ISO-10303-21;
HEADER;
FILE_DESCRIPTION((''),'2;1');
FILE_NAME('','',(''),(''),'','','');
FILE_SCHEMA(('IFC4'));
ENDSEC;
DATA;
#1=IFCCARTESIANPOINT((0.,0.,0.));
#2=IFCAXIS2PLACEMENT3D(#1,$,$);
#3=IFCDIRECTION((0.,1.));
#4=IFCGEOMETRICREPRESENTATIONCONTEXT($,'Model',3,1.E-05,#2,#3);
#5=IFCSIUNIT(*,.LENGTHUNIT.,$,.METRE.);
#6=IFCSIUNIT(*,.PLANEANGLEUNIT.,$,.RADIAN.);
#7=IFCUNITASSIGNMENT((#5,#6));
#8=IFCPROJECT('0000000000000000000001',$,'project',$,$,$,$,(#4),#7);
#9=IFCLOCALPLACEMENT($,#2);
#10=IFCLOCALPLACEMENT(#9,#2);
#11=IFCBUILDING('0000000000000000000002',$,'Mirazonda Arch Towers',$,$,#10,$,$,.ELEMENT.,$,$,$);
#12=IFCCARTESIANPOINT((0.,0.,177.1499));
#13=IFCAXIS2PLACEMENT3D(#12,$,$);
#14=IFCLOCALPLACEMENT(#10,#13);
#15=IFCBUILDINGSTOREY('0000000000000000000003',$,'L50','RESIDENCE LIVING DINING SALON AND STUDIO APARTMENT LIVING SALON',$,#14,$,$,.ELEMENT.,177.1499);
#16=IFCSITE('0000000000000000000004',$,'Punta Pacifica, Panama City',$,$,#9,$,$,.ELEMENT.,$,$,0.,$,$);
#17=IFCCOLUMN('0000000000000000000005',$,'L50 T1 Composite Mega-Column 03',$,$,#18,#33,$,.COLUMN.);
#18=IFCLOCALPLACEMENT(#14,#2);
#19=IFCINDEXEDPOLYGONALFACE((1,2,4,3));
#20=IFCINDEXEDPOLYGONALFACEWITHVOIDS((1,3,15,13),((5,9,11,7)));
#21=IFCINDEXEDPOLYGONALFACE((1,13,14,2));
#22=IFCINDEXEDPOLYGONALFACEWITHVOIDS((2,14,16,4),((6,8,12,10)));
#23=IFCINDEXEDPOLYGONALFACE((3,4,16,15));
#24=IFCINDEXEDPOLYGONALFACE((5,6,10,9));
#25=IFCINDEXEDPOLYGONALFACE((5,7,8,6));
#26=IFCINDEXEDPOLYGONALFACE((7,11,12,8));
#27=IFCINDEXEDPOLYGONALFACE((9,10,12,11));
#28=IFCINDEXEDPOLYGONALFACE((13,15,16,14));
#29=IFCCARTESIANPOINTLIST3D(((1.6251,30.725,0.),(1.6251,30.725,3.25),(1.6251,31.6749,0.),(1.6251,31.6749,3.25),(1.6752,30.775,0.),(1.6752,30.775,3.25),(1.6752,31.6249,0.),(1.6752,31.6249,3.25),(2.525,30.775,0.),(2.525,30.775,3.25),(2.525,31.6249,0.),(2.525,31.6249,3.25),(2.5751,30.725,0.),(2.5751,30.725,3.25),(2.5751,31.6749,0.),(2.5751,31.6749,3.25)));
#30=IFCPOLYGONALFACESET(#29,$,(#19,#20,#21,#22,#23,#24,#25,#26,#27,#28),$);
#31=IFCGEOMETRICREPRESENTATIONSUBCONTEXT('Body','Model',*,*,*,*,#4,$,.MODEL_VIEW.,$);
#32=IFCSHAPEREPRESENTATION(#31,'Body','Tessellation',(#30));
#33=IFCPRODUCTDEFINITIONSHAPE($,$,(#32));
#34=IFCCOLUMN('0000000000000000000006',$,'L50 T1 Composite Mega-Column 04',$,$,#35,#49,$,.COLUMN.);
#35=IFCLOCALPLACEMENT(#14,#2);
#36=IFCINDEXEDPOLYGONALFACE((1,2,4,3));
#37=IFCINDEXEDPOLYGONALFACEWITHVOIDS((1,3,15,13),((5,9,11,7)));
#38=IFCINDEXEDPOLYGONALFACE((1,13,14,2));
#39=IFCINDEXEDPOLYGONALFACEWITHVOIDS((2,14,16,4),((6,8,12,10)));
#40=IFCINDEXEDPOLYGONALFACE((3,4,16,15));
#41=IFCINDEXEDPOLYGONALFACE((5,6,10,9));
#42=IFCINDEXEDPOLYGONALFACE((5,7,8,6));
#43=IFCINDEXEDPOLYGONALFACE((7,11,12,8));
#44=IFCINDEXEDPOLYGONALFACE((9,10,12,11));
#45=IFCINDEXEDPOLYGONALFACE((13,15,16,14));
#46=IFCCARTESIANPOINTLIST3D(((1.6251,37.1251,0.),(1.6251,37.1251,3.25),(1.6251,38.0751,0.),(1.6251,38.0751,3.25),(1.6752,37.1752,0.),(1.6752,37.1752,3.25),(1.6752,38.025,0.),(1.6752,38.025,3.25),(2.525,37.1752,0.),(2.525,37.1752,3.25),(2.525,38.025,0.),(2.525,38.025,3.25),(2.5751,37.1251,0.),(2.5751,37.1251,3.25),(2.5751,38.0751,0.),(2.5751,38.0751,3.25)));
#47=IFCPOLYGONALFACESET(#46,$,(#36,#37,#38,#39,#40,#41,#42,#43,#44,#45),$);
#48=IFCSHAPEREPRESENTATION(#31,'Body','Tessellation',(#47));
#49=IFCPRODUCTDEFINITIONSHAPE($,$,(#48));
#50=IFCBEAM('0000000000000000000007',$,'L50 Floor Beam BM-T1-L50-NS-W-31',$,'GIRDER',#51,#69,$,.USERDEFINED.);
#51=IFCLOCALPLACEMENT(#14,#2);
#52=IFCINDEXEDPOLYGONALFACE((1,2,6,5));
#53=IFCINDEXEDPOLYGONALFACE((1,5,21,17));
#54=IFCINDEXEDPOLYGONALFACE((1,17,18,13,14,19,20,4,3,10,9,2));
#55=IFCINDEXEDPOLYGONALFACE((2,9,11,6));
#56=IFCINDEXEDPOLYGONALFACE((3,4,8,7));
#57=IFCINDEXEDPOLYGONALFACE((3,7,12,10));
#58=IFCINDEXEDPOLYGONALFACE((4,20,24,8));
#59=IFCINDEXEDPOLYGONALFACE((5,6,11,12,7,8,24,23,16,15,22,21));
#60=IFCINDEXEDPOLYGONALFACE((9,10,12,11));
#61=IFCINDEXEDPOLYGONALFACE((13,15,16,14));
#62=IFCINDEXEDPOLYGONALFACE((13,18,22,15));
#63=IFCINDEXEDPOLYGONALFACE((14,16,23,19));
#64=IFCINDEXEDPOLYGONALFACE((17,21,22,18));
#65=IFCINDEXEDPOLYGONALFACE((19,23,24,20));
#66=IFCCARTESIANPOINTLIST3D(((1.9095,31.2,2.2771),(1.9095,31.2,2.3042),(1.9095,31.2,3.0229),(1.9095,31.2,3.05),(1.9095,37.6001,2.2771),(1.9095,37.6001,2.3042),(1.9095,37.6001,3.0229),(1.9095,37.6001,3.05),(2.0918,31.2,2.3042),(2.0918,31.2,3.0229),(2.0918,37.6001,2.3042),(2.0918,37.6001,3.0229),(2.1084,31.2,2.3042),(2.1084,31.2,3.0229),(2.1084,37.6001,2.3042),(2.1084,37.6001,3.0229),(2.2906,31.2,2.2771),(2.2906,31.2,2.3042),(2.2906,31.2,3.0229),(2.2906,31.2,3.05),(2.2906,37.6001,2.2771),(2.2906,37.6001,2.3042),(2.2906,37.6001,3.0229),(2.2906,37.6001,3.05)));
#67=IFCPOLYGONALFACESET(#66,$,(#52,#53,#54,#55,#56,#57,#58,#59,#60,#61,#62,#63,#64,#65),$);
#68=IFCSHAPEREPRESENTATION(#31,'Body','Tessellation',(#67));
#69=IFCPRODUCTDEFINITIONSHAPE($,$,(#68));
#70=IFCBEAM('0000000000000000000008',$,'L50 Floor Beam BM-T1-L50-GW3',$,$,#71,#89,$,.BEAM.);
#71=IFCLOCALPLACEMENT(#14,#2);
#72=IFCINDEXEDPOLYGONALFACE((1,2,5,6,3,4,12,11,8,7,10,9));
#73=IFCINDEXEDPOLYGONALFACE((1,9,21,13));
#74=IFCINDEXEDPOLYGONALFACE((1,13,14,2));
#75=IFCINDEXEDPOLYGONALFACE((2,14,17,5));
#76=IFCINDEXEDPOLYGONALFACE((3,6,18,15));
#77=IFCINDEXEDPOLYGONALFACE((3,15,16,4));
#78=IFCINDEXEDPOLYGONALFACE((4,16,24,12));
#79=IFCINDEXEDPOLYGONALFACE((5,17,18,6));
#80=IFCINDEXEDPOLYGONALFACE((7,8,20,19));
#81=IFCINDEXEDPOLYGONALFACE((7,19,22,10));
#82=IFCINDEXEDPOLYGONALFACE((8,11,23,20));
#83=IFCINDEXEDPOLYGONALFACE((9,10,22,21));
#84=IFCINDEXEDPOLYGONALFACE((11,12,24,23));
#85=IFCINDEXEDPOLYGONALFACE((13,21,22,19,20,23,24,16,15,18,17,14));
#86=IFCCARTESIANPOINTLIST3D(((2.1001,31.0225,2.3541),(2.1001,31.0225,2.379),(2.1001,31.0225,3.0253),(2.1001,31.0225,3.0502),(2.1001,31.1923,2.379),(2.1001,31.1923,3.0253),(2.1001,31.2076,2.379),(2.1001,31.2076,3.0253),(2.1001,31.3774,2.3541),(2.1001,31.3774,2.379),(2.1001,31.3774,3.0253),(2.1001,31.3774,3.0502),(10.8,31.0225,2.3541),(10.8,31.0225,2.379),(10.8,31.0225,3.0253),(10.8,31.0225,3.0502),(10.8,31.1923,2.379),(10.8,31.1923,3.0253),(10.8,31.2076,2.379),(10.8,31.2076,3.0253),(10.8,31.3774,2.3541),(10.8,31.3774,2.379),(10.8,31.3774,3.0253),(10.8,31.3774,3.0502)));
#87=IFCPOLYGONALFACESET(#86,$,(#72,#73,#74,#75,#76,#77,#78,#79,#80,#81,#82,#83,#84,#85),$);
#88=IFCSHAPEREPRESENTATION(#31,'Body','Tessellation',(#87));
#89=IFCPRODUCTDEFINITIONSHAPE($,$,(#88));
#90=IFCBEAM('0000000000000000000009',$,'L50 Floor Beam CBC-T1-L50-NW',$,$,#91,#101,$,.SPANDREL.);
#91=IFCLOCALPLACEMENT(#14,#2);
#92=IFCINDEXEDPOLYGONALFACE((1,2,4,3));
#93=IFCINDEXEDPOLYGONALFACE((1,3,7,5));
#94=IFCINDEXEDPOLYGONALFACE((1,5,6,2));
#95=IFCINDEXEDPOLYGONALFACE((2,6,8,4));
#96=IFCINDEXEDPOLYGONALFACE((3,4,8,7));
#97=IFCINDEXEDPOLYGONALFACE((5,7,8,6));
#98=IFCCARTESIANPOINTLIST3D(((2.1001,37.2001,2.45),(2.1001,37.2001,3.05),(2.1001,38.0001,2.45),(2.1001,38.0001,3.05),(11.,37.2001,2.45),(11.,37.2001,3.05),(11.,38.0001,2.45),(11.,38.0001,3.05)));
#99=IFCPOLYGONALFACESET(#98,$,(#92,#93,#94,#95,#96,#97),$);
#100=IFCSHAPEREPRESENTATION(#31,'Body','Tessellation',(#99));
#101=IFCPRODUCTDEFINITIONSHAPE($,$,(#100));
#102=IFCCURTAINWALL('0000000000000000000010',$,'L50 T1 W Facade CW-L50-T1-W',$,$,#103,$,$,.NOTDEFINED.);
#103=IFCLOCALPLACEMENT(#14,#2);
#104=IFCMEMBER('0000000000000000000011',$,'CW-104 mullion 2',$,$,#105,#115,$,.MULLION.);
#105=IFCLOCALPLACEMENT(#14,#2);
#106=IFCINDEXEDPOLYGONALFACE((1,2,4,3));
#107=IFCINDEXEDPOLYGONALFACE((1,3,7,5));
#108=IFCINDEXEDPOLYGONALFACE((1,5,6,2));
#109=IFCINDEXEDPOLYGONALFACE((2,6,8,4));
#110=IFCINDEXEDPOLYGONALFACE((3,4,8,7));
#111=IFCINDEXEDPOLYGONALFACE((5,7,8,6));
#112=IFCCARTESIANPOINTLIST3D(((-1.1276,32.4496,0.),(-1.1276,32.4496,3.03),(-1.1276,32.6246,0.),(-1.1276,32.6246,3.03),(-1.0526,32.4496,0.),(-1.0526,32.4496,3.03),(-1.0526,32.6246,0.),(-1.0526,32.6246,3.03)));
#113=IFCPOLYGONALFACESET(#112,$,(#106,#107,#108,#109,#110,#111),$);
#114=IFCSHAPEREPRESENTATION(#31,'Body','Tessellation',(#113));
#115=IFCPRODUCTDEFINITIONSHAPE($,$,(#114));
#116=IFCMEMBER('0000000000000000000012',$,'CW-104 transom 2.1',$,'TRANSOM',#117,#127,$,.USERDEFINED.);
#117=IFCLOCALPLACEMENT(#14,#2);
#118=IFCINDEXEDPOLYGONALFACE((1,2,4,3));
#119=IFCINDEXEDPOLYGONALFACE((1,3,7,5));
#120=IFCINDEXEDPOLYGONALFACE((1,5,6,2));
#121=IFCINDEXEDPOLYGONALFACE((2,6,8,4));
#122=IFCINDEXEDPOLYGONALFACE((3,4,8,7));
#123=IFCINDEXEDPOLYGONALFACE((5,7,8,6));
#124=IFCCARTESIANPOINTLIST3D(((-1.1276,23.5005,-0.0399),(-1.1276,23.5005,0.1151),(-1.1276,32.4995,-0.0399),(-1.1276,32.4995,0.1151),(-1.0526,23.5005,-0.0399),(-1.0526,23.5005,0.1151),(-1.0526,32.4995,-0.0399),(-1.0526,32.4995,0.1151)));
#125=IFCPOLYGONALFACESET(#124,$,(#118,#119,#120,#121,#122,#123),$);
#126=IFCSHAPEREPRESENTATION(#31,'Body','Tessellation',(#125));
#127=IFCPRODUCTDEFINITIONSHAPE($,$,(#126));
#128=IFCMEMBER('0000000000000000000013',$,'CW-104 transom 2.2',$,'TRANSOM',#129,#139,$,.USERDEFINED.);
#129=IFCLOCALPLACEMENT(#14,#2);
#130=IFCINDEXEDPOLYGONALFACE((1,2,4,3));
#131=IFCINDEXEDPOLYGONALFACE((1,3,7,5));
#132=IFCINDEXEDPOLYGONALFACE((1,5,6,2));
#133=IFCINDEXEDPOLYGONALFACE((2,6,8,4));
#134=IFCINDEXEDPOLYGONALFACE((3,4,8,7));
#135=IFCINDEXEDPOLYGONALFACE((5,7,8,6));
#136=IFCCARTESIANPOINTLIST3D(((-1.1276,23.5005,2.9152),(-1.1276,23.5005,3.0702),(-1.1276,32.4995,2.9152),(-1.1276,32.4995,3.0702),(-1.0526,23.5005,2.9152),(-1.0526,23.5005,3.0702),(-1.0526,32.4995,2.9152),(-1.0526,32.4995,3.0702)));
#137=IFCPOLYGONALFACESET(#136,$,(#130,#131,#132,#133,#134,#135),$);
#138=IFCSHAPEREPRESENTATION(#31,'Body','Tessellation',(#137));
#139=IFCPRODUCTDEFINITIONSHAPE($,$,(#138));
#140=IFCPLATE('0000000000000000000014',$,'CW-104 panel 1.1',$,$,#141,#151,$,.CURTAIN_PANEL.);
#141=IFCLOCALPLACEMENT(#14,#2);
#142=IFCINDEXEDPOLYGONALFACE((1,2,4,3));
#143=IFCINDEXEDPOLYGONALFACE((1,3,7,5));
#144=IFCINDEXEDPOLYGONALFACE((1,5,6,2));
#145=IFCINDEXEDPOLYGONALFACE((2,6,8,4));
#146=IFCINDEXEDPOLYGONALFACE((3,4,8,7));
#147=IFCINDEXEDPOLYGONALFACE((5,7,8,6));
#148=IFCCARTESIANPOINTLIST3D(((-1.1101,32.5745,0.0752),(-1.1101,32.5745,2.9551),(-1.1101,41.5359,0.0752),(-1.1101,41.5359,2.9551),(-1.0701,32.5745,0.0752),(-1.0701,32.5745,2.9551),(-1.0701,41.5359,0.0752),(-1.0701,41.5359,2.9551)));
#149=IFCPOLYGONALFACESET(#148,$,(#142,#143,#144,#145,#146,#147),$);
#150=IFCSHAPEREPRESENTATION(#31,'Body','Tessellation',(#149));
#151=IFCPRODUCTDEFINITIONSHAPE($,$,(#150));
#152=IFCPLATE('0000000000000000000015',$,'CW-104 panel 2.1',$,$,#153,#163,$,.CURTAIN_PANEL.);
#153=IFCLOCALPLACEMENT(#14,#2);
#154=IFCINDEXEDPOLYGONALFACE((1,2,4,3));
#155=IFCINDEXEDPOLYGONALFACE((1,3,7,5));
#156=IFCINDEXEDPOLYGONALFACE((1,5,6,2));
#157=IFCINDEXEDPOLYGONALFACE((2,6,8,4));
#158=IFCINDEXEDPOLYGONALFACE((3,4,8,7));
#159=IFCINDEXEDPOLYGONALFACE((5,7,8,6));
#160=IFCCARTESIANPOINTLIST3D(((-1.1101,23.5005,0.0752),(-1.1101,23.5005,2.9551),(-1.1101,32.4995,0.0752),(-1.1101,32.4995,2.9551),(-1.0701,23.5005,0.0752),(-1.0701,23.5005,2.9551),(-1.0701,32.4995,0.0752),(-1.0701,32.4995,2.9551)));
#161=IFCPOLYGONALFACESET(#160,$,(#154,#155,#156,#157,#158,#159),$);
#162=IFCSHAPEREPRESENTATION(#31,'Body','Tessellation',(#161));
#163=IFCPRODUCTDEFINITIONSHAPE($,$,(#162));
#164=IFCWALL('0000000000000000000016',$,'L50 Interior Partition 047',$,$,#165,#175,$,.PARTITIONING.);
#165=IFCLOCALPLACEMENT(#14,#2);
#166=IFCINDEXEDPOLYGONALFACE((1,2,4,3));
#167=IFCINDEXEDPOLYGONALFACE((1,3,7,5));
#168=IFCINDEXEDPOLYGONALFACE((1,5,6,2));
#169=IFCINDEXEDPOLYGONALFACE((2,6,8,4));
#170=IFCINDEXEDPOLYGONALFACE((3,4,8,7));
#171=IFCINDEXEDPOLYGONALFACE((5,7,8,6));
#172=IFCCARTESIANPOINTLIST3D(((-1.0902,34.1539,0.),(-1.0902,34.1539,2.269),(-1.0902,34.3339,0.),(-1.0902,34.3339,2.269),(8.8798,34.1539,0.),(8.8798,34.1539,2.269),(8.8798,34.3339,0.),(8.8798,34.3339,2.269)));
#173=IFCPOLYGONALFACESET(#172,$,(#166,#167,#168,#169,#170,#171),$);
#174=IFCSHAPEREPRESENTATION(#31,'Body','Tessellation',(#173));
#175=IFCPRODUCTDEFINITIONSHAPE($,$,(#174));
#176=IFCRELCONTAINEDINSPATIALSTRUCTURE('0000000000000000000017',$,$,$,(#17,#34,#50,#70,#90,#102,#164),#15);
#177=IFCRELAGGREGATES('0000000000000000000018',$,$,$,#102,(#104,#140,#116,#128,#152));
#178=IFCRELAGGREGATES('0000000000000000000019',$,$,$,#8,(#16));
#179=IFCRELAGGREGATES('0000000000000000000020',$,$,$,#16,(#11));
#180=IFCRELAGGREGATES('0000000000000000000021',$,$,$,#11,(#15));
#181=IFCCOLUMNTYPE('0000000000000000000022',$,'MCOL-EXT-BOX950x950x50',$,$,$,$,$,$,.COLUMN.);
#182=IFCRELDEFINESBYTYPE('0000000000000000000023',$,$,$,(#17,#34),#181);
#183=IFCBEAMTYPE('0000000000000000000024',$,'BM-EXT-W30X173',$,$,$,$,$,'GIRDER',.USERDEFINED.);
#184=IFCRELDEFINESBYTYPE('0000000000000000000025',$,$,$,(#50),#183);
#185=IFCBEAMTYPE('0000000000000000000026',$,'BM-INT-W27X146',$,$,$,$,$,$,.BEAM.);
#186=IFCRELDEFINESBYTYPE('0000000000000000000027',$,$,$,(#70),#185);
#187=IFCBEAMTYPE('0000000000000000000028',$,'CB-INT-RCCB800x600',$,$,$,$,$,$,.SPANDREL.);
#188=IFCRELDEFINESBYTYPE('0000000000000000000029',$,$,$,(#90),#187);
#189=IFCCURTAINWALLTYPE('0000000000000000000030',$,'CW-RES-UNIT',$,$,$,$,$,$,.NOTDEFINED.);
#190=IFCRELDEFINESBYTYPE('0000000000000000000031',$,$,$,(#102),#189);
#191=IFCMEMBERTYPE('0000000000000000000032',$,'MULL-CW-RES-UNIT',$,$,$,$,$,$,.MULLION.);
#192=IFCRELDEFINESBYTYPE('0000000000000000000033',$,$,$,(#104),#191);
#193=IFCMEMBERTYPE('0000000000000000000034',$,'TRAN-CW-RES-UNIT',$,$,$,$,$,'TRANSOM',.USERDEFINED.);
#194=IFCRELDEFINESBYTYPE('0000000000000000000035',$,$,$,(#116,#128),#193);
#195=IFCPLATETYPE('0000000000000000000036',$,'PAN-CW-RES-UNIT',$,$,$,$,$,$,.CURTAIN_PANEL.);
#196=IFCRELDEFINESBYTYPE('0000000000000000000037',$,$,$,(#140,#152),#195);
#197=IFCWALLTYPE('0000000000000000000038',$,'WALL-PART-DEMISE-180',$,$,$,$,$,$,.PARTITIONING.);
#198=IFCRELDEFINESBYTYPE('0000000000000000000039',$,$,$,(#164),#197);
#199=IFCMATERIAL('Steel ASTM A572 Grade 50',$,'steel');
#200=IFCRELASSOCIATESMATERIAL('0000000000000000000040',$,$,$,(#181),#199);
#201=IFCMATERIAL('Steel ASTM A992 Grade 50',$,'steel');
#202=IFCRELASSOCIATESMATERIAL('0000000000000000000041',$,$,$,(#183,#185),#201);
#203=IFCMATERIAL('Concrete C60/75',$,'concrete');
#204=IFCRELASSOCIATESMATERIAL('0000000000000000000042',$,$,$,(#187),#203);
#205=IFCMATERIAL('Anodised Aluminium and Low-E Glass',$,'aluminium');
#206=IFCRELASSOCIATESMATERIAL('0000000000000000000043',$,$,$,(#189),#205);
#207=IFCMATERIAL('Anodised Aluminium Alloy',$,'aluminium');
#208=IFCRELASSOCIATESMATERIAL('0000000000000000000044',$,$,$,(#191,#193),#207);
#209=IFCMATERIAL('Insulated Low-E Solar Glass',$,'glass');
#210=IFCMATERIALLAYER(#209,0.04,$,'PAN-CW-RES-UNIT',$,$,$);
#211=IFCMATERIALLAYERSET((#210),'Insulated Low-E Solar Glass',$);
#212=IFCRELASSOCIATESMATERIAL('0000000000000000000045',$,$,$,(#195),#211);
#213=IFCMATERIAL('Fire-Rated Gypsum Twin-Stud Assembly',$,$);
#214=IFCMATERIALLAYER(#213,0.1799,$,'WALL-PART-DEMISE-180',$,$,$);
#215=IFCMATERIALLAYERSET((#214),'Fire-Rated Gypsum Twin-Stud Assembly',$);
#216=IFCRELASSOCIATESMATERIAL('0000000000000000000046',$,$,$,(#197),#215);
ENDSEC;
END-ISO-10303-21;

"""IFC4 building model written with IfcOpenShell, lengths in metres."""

from ifc_helpers import new_model, si_unit, direction, frame, frame_2d, origin, origin_2d, place, context, subcontext, project, spatial, rectangle, hollow_rectangle, i_section, extrude, material, layer, layer_set, material_profile, profile_set, type_object, element, aggregate, save


model = new_model("IFC4")

# Units and contexts
model_context = context("Model", 3, precision=1e-05, world=origin(), true_north=direction((0.0, 1.0)))
body_context = subcontext(model_context, "Body", "Model", "MODEL_VIEW")
ifc_project = project(units=[si_unit("LENGTHUNIT", "METRE"), si_unit("PLANEANGLEUNIT", "RADIAN")], contexts=[model_context])

# Site, building, storey
site_placement = place(None, origin())
site = spatial("IfcSite", under=ifc_project, at=site_placement, Name="Punta Pacifica, Panama City", CompositionType="ELEMENT", RefElevation=0.0)
building_placement = place(site_placement, origin())
building = spatial("IfcBuilding", under=site, at=building_placement, Name="Mirazonda Arch Towers", CompositionType="ELEMENT")
storey_placement = place(building_placement, frame((0.0, 0.0, 177.1499)))
storey = spatial("IfcBuildingStorey", under=building, at=storey_placement, Name="L50", Description="RESIDENCE LIVING DINING SALON AND STUDIO APARTMENT LIVING SALON", CompositionType="ELEMENT", Elevation=177.1499)

# Columns
ifc_material_1 = material(Name="Steel ASTM A572 Grade 50", Category="steel")
ifc_material_profile_1 = material_profile(ifc_material_1, hollow_rectangle(XDim=0.95, YDim=0.95, WallThickness=0.05, at=origin_2d()), Name="BOX950x950x50")
ifc_profile_set_1 = profile_set([ifc_material_profile_1], Name="Steel ASTM A572 Grade 50")
column_type = type_object("IfcColumnType", Name="MCOL-EXT-BOX950x950x50", PredefinedType="COLUMN", material=ifc_profile_set_1)
for number, where, z_axis, x_axis, name in (
    (1, (2.1001, 31.2, 0.0), (0.0, 0.0, 1.0), (1.0, 0.0, 0.0), "L50 T1 Composite Mega-Column 03"),
    (2, (2.1001, 37.6001, 0.0), (0.0, 0.0, 1.0), (1.0, 0.0, 0.0), "L50 T1 Composite Mega-Column 04"),
):
    element("IfcColumn", number, at=place(storey_placement, frame(where, z_axis=z_axis, x_axis=x_axis)), inside=storey, type_object=column_type, Name=name, PredefinedType="COLUMN", context=body_context, shape_type="SweptSolid", body=[
        extrude(hollow_rectangle(XDim=0.95, YDim=0.95, WallThickness=0.05, at=origin_2d()), origin(), (0.0, 0.0, 1.0), 3.25),
    ])

# Beams
ifc_material_2 = material(Name="Steel ASTM A992 Grade 50", Category="steel")
ifc_material_profile_2 = material_profile(ifc_material_2, i_section(OverallWidth=0.3811, OverallDepth=0.7729, WebThickness=0.0166, FlangeThickness=0.0271, at=origin_2d()), Name="W30X173")
ifc_profile_set_2 = profile_set([ifc_material_profile_2], Name="Steel ASTM A992 Grade 50")
beam_type_1 = type_object("IfcBeamType", Name="BM-EXT-W30X173", ElementType="GIRDER", PredefinedType="USERDEFINED", material=ifc_profile_set_2)
beam_1_placement = place(storey_placement, frame((2.1001, 31.2, 2.6636), z_axis=(0.0, 1.0, 0.0), x_axis=(-1.0, 0.0, 0.0)))
element("IfcBeam", 3, at=beam_1_placement, inside=storey, type_object=beam_type_1, Name="L50 Floor Beam BM-T1-L50-NS-W-31", ObjectType="GIRDER", PredefinedType="USERDEFINED", context=body_context, shape_type="SweptSolid", body=[
    extrude(i_section(OverallWidth=0.3811, OverallDepth=0.7729, WebThickness=0.0166, FlangeThickness=0.0271, at=origin_2d()), origin(), (0.0, 0.0, 1.0), 6.4001),
])
ifc_material_profile_3 = material_profile(ifc_material_2, i_section(OverallWidth=0.355, OverallDepth=0.696, WebThickness=0.0154, FlangeThickness=0.0249, at=origin_2d()), Name="W27X146")
ifc_profile_set_3 = profile_set([ifc_material_profile_3], Name="Steel ASTM A992 Grade 50")
beam_type_2 = type_object("IfcBeamType", Name="BM-INT-W27X146", PredefinedType="BEAM", material=ifc_profile_set_3)
beam_2_placement = place(storey_placement, frame((2.1001, 31.2, 2.7021), z_axis=(1.0, 0.0, 0.0), x_axis=(0.0, 1.0, 0.0)))
element("IfcBeam", 4, at=beam_2_placement, inside=storey, type_object=beam_type_2, Name="L50 Floor Beam BM-T1-L50-GW3", PredefinedType="BEAM", context=body_context, shape_type="SweptSolid", body=[
    extrude(i_section(OverallWidth=0.355, OverallDepth=0.696, WebThickness=0.0154, FlangeThickness=0.0249, at=origin_2d()), origin(), (0.0, 0.0, 1.0), 8.7),
])
ifc_material_3 = material(Name="Concrete C60/75", Category="concrete")
ifc_material_profile_4 = material_profile(ifc_material_3, rectangle(XDim=0.8, YDim=0.6001, at=origin_2d()), Name="RCCB800x600")
ifc_profile_set_4 = profile_set([ifc_material_profile_4], Name="Concrete C60/75")
beam_type_3 = type_object("IfcBeamType", Name="CB-INT-RCCB800x600", PredefinedType="SPANDREL", material=ifc_profile_set_4)
beam_3_placement = place(storey_placement, frame((2.1001, 37.6001, 2.75), z_axis=(1.0, 0.0, 0.0), x_axis=(0.0, 1.0, 0.0)))
element("IfcBeam", 5, at=beam_3_placement, inside=storey, type_object=beam_type_3, Name="L50 Floor Beam CBC-T1-L50-NW", PredefinedType="SPANDREL", context=body_context, shape_type="SweptSolid", body=[
    extrude(rectangle(XDim=0.8, YDim=0.6001, at=origin_2d()), origin(), (0.0, 0.0, 1.0), 8.8999),
])

# Curtain wall, members, plates
ifc_material_4 = material(Name="Anodised Aluminium and Low-E Glass", Category="aluminium")
curtain_wall_type = type_object("IfcCurtainWallType", Name="CW-RES-UNIT", PredefinedType="NOTDEFINED", material=ifc_material_4)
curtain_wall_placement = place(storey_placement, origin())
curtain_wall = element("IfcCurtainWall", 6, at=curtain_wall_placement, inside=storey, type_object=curtain_wall_type, Name="L50 T1 W Facade CW-L50-T1-W", PredefinedType="NOTDEFINED")
ifc_material_5 = material(Name="Anodised Aluminium Alloy", Category="aluminium")
ifc_material_profile_5 = material_profile(ifc_material_5, rectangle(XDim=0.075, YDim=0.175, at=origin_2d()), Name="ALU-MULL-75x175")
ifc_profile_set_5 = profile_set([ifc_material_profile_5], Name="Anodised Aluminium Alloy")
member_type_1 = type_object("IfcMemberType", Name="MULL-CW-RES-UNIT", PredefinedType="MULLION", material=ifc_profile_set_5)
member_1_placement = place(storey_placement, frame((-1.0901, 32.5371, 0.0), z_axis=(0.0, 0.0, 1.0), x_axis=(1.0, 0.0, 0.0)))
member_1 = element("IfcMember", 7, at=member_1_placement, type_object=member_type_1, Name="CW-104 mullion 2", PredefinedType="MULLION", context=body_context, shape_type="SweptSolid", body=[
    extrude(rectangle(XDim=0.075, YDim=0.175, at=origin_2d()), origin(), (0.0, 0.0, 1.0), 3.03),
])
ifc_material_profile_6 = material_profile(ifc_material_5, rectangle(XDim=0.075, YDim=0.155, at=origin_2d()), Name="ALU-TRAN-75x155")
ifc_profile_set_6 = profile_set([ifc_material_profile_6], Name="Anodised Aluminium Alloy")
member_type_2 = type_object("IfcMemberType", Name="TRAN-CW-RES-UNIT", ElementType="TRANSOM", PredefinedType="USERDEFINED", material=ifc_profile_set_6)
member_2_placement = place(storey_placement, frame((-1.0901, 32.4995, 0.0376), z_axis=(0.0, -1.0, 0.0), x_axis=(1.0, 0.0, 0.0)))
member_2 = element("IfcMember", 8, at=member_2_placement, type_object=member_type_2, Name="CW-104 transom 2.1", ObjectType="TRANSOM", PredefinedType="USERDEFINED", context=body_context, shape_type="SweptSolid", body=[
    extrude(rectangle(XDim=0.075, YDim=0.155, at=origin_2d()), origin(), (0.0, 0.0, 1.0), 8.999),
])
member_3_placement = place(storey_placement, frame((-1.0901, 32.4995, 2.9927), z_axis=(0.0, -1.0, 0.0), x_axis=(1.0, 0.0, 0.0)))
member_3 = element("IfcMember", 9, at=member_3_placement, type_object=member_type_2, Name="CW-104 transom 2.2", ObjectType="TRANSOM", PredefinedType="USERDEFINED", context=body_context, shape_type="SweptSolid", body=[
    extrude(rectangle(XDim=0.075, YDim=0.155, at=origin_2d()), origin(), (0.0, 0.0, 1.0), 8.999),
])
ifc_material_6 = material(Name="Insulated Low-E Solar Glass", Category="glass")
ifc_layer_1 = layer(ifc_material_6, 0.04, Name="PAN-CW-RES-UNIT")
ifc_layer_set_1 = layer_set([ifc_layer_1], Name="Insulated Low-E Solar Glass")
plate_type = type_object("IfcPlateType", Name="PAN-CW-RES-UNIT", PredefinedType="CURTAIN_PANEL", material=ifc_layer_set_1)
plate_1_placement = place(storey_placement, frame((-1.0901, 37.0552, 0.0752), z_axis=(0.0, 0.0, 1.0), x_axis=(0.0, -1.0, 0.0)))
plate_1 = element("IfcPlate", 10, at=plate_1_placement, type_object=plate_type, Name="CW-104 panel 1.1", PredefinedType="CURTAIN_PANEL", context=body_context, shape_type="SweptSolid", body=[
    extrude(rectangle(XDim=8.9614, YDim=0.04, at=origin_2d()), origin(), (0.0, 0.0, 1.0), 2.8799),
])
plate_2_placement = place(storey_placement, frame((-1.0901, 28.0, 0.0752), z_axis=(0.0, 0.0, 1.0), x_axis=(0.0, -1.0, 0.0)))
plate_2 = element("IfcPlate", 11, at=plate_2_placement, type_object=plate_type, Name="CW-104 panel 2.1", PredefinedType="CURTAIN_PANEL", context=body_context, shape_type="SweptSolid", body=[
    extrude(rectangle(XDim=8.999, YDim=0.04, at=origin_2d()), origin(), (0.0, 0.0, 1.0), 2.8799),
])
aggregate(curtain_wall, [member_1, plate_1, member_2, member_3, plate_2])

# Shared definitions
ifc_material_7 = material(Name="Fire-Rated Gypsum Twin-Stud Assembly")
ifc_layer_2 = layer(ifc_material_7, 0.1799, Name="WALL-PART-DEMISE-180")
ifc_layer_set_2 = layer_set([ifc_layer_2], Name="Fire-Rated Gypsum Twin-Stud Assembly")
wall_type_1 = type_object("IfcWallType", Name="WALL-PART-DEMISE-180", PredefinedType="PARTITIONING", material=ifc_layer_set_2)

# Wall
wall_1_placement = place(storey_placement, frame((-1.0901, 34.2439, 0.0), z_axis=(0.0, 0.0, 1.0), x_axis=(1.0, 0.0, 0.0)))
element("IfcWall", 12, at=wall_1_placement, inside=storey, type_object=wall_type_1, Name="L50 Interior Partition 047", PredefinedType="PARTITIONING", context=body_context, shape_type="SweptSolid", body=[
    extrude(rectangle(XDim=9.97, YDim=0.1799, at=frame_2d((4.9849, 0.0))), origin(), (0.0, 0.0, 1.0), 2.269),
])

save(model, "model.ifc")
